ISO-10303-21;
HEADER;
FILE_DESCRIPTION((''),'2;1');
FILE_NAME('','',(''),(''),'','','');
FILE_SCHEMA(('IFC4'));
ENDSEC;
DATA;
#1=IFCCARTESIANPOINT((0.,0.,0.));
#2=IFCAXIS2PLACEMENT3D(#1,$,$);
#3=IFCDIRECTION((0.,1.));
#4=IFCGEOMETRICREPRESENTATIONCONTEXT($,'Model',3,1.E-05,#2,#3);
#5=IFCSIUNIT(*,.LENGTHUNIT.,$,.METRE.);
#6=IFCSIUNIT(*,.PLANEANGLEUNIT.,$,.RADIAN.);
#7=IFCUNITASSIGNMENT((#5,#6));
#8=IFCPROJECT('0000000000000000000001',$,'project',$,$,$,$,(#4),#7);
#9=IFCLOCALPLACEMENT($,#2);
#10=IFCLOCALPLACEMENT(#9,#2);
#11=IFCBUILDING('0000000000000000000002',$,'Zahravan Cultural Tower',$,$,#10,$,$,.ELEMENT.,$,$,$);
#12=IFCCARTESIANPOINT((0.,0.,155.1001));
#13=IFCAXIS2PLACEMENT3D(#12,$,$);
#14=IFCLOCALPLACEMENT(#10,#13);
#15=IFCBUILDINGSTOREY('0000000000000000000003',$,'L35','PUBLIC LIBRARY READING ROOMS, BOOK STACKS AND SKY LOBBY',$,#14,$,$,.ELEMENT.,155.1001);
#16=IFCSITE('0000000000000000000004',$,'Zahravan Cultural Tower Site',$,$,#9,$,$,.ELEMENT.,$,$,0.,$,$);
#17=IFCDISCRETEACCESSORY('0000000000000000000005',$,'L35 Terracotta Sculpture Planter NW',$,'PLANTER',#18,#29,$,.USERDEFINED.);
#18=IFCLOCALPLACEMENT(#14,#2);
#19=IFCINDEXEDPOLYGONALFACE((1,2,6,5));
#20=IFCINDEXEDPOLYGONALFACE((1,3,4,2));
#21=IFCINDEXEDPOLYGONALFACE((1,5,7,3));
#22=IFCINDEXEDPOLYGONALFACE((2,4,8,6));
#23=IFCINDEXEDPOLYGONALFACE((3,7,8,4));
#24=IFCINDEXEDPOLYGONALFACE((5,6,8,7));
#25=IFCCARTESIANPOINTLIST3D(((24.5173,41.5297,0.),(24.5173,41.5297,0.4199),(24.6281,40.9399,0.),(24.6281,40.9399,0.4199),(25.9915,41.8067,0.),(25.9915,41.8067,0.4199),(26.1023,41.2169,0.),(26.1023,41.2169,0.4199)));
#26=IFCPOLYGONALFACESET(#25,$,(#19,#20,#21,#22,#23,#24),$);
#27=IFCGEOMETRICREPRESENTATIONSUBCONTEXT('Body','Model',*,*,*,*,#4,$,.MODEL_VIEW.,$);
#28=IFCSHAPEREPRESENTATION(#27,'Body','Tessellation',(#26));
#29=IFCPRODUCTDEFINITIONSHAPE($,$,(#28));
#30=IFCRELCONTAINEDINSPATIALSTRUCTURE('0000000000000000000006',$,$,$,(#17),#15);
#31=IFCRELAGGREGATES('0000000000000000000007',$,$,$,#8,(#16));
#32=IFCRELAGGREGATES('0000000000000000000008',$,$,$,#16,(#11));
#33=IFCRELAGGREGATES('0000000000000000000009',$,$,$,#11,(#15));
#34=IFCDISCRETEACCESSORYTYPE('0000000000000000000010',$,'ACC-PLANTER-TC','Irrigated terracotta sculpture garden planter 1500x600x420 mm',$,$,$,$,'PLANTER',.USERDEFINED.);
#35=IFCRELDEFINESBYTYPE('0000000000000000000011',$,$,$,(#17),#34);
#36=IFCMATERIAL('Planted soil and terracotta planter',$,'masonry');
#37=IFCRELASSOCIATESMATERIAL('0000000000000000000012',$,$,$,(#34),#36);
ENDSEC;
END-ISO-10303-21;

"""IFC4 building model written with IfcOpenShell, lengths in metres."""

from ifc_helpers import new_model, si_unit, direction, frame, origin, origin_2d, place, context, subcontext, project, spatial, rectangle, extrude, source, transform, mapped, material, type_object, element, save


model = new_model("IFC4")

# Units and contexts
model_context = context("Model", 3, precision=1e-05, world=origin(), true_north=direction((0.0, 1.0)))
body_context = subcontext(model_context, "Body", "Model", "MODEL_VIEW")
ifc_project = project(units=[si_unit("LENGTHUNIT", "METRE"), si_unit("PLANEANGLEUNIT", "RADIAN")], contexts=[model_context])

# Site, building, storey
site_placement = place(None, origin())
site = spatial("IfcSite", under=ifc_project, at=site_placement, Name="Zahravan Cultural Tower Site", CompositionType="ELEMENT", RefElevation=0.0)
building_placement = place(site_placement, origin())
building = spatial("IfcBuilding", under=site, at=building_placement, Name="Zahravan Cultural Tower", CompositionType="ELEMENT")
storey_placement = place(building_placement, frame((0.0, 0.0, 155.1001)))
storey = spatial("IfcBuildingStorey", under=building, at=storey_placement, Name="L35", Description="PUBLIC LIBRARY READING ROOMS, BOOK STACKS AND SKY LOBBY", CompositionType="ELEMENT", Elevation=155.1001)

# Discrete accessory
ifc_material_1 = material(Name="Planted soil and terracotta planter", Category="masonry")
discrete_accessory_type = type_object("IfcDiscreteAccessoryType", Name="ACC-PLANTER-TC", Description="Irrigated terracotta sculpture garden planter 1500x600x420 mm", ElementType="PLANTER", PredefinedType="USERDEFINED", material=ifc_material_1)
shared_shape_1 = source(origin(), body_context, "Body", "SweptSolid", [
    extrude(rectangle(XDim=1.5, YDim=0.6001, at=origin_2d()), origin(), (0.0, 0.0, 1.0), 0.4199),
])
discrete_accessory_placement = place(storey_placement, frame((25.3098, 41.3733, 0.0), z_axis=(0.0, 0.0, 1.0), x_axis=(0.982807, 0.184638, 0.0)))
element("IfcDiscreteAccessory", 1, at=discrete_accessory_placement, inside=storey, type_object=discrete_accessory_type, Name="L35 Terracotta Sculpture Planter NW", ObjectType="PLANTER", PredefinedType="USERDEFINED", context=body_context, shape_type="MappedRepresentation", body=[
    mapped(shared_shape_1, transform((0.0, 0.0, 0.0), x_axis=(1.0, 0.0, 0.0), y_axis=(0.0, 1.0, 0.0), z_axis=(0.0, 0.0, 1.0), scale=1.0)),
])

save(model, "model.ifc")
